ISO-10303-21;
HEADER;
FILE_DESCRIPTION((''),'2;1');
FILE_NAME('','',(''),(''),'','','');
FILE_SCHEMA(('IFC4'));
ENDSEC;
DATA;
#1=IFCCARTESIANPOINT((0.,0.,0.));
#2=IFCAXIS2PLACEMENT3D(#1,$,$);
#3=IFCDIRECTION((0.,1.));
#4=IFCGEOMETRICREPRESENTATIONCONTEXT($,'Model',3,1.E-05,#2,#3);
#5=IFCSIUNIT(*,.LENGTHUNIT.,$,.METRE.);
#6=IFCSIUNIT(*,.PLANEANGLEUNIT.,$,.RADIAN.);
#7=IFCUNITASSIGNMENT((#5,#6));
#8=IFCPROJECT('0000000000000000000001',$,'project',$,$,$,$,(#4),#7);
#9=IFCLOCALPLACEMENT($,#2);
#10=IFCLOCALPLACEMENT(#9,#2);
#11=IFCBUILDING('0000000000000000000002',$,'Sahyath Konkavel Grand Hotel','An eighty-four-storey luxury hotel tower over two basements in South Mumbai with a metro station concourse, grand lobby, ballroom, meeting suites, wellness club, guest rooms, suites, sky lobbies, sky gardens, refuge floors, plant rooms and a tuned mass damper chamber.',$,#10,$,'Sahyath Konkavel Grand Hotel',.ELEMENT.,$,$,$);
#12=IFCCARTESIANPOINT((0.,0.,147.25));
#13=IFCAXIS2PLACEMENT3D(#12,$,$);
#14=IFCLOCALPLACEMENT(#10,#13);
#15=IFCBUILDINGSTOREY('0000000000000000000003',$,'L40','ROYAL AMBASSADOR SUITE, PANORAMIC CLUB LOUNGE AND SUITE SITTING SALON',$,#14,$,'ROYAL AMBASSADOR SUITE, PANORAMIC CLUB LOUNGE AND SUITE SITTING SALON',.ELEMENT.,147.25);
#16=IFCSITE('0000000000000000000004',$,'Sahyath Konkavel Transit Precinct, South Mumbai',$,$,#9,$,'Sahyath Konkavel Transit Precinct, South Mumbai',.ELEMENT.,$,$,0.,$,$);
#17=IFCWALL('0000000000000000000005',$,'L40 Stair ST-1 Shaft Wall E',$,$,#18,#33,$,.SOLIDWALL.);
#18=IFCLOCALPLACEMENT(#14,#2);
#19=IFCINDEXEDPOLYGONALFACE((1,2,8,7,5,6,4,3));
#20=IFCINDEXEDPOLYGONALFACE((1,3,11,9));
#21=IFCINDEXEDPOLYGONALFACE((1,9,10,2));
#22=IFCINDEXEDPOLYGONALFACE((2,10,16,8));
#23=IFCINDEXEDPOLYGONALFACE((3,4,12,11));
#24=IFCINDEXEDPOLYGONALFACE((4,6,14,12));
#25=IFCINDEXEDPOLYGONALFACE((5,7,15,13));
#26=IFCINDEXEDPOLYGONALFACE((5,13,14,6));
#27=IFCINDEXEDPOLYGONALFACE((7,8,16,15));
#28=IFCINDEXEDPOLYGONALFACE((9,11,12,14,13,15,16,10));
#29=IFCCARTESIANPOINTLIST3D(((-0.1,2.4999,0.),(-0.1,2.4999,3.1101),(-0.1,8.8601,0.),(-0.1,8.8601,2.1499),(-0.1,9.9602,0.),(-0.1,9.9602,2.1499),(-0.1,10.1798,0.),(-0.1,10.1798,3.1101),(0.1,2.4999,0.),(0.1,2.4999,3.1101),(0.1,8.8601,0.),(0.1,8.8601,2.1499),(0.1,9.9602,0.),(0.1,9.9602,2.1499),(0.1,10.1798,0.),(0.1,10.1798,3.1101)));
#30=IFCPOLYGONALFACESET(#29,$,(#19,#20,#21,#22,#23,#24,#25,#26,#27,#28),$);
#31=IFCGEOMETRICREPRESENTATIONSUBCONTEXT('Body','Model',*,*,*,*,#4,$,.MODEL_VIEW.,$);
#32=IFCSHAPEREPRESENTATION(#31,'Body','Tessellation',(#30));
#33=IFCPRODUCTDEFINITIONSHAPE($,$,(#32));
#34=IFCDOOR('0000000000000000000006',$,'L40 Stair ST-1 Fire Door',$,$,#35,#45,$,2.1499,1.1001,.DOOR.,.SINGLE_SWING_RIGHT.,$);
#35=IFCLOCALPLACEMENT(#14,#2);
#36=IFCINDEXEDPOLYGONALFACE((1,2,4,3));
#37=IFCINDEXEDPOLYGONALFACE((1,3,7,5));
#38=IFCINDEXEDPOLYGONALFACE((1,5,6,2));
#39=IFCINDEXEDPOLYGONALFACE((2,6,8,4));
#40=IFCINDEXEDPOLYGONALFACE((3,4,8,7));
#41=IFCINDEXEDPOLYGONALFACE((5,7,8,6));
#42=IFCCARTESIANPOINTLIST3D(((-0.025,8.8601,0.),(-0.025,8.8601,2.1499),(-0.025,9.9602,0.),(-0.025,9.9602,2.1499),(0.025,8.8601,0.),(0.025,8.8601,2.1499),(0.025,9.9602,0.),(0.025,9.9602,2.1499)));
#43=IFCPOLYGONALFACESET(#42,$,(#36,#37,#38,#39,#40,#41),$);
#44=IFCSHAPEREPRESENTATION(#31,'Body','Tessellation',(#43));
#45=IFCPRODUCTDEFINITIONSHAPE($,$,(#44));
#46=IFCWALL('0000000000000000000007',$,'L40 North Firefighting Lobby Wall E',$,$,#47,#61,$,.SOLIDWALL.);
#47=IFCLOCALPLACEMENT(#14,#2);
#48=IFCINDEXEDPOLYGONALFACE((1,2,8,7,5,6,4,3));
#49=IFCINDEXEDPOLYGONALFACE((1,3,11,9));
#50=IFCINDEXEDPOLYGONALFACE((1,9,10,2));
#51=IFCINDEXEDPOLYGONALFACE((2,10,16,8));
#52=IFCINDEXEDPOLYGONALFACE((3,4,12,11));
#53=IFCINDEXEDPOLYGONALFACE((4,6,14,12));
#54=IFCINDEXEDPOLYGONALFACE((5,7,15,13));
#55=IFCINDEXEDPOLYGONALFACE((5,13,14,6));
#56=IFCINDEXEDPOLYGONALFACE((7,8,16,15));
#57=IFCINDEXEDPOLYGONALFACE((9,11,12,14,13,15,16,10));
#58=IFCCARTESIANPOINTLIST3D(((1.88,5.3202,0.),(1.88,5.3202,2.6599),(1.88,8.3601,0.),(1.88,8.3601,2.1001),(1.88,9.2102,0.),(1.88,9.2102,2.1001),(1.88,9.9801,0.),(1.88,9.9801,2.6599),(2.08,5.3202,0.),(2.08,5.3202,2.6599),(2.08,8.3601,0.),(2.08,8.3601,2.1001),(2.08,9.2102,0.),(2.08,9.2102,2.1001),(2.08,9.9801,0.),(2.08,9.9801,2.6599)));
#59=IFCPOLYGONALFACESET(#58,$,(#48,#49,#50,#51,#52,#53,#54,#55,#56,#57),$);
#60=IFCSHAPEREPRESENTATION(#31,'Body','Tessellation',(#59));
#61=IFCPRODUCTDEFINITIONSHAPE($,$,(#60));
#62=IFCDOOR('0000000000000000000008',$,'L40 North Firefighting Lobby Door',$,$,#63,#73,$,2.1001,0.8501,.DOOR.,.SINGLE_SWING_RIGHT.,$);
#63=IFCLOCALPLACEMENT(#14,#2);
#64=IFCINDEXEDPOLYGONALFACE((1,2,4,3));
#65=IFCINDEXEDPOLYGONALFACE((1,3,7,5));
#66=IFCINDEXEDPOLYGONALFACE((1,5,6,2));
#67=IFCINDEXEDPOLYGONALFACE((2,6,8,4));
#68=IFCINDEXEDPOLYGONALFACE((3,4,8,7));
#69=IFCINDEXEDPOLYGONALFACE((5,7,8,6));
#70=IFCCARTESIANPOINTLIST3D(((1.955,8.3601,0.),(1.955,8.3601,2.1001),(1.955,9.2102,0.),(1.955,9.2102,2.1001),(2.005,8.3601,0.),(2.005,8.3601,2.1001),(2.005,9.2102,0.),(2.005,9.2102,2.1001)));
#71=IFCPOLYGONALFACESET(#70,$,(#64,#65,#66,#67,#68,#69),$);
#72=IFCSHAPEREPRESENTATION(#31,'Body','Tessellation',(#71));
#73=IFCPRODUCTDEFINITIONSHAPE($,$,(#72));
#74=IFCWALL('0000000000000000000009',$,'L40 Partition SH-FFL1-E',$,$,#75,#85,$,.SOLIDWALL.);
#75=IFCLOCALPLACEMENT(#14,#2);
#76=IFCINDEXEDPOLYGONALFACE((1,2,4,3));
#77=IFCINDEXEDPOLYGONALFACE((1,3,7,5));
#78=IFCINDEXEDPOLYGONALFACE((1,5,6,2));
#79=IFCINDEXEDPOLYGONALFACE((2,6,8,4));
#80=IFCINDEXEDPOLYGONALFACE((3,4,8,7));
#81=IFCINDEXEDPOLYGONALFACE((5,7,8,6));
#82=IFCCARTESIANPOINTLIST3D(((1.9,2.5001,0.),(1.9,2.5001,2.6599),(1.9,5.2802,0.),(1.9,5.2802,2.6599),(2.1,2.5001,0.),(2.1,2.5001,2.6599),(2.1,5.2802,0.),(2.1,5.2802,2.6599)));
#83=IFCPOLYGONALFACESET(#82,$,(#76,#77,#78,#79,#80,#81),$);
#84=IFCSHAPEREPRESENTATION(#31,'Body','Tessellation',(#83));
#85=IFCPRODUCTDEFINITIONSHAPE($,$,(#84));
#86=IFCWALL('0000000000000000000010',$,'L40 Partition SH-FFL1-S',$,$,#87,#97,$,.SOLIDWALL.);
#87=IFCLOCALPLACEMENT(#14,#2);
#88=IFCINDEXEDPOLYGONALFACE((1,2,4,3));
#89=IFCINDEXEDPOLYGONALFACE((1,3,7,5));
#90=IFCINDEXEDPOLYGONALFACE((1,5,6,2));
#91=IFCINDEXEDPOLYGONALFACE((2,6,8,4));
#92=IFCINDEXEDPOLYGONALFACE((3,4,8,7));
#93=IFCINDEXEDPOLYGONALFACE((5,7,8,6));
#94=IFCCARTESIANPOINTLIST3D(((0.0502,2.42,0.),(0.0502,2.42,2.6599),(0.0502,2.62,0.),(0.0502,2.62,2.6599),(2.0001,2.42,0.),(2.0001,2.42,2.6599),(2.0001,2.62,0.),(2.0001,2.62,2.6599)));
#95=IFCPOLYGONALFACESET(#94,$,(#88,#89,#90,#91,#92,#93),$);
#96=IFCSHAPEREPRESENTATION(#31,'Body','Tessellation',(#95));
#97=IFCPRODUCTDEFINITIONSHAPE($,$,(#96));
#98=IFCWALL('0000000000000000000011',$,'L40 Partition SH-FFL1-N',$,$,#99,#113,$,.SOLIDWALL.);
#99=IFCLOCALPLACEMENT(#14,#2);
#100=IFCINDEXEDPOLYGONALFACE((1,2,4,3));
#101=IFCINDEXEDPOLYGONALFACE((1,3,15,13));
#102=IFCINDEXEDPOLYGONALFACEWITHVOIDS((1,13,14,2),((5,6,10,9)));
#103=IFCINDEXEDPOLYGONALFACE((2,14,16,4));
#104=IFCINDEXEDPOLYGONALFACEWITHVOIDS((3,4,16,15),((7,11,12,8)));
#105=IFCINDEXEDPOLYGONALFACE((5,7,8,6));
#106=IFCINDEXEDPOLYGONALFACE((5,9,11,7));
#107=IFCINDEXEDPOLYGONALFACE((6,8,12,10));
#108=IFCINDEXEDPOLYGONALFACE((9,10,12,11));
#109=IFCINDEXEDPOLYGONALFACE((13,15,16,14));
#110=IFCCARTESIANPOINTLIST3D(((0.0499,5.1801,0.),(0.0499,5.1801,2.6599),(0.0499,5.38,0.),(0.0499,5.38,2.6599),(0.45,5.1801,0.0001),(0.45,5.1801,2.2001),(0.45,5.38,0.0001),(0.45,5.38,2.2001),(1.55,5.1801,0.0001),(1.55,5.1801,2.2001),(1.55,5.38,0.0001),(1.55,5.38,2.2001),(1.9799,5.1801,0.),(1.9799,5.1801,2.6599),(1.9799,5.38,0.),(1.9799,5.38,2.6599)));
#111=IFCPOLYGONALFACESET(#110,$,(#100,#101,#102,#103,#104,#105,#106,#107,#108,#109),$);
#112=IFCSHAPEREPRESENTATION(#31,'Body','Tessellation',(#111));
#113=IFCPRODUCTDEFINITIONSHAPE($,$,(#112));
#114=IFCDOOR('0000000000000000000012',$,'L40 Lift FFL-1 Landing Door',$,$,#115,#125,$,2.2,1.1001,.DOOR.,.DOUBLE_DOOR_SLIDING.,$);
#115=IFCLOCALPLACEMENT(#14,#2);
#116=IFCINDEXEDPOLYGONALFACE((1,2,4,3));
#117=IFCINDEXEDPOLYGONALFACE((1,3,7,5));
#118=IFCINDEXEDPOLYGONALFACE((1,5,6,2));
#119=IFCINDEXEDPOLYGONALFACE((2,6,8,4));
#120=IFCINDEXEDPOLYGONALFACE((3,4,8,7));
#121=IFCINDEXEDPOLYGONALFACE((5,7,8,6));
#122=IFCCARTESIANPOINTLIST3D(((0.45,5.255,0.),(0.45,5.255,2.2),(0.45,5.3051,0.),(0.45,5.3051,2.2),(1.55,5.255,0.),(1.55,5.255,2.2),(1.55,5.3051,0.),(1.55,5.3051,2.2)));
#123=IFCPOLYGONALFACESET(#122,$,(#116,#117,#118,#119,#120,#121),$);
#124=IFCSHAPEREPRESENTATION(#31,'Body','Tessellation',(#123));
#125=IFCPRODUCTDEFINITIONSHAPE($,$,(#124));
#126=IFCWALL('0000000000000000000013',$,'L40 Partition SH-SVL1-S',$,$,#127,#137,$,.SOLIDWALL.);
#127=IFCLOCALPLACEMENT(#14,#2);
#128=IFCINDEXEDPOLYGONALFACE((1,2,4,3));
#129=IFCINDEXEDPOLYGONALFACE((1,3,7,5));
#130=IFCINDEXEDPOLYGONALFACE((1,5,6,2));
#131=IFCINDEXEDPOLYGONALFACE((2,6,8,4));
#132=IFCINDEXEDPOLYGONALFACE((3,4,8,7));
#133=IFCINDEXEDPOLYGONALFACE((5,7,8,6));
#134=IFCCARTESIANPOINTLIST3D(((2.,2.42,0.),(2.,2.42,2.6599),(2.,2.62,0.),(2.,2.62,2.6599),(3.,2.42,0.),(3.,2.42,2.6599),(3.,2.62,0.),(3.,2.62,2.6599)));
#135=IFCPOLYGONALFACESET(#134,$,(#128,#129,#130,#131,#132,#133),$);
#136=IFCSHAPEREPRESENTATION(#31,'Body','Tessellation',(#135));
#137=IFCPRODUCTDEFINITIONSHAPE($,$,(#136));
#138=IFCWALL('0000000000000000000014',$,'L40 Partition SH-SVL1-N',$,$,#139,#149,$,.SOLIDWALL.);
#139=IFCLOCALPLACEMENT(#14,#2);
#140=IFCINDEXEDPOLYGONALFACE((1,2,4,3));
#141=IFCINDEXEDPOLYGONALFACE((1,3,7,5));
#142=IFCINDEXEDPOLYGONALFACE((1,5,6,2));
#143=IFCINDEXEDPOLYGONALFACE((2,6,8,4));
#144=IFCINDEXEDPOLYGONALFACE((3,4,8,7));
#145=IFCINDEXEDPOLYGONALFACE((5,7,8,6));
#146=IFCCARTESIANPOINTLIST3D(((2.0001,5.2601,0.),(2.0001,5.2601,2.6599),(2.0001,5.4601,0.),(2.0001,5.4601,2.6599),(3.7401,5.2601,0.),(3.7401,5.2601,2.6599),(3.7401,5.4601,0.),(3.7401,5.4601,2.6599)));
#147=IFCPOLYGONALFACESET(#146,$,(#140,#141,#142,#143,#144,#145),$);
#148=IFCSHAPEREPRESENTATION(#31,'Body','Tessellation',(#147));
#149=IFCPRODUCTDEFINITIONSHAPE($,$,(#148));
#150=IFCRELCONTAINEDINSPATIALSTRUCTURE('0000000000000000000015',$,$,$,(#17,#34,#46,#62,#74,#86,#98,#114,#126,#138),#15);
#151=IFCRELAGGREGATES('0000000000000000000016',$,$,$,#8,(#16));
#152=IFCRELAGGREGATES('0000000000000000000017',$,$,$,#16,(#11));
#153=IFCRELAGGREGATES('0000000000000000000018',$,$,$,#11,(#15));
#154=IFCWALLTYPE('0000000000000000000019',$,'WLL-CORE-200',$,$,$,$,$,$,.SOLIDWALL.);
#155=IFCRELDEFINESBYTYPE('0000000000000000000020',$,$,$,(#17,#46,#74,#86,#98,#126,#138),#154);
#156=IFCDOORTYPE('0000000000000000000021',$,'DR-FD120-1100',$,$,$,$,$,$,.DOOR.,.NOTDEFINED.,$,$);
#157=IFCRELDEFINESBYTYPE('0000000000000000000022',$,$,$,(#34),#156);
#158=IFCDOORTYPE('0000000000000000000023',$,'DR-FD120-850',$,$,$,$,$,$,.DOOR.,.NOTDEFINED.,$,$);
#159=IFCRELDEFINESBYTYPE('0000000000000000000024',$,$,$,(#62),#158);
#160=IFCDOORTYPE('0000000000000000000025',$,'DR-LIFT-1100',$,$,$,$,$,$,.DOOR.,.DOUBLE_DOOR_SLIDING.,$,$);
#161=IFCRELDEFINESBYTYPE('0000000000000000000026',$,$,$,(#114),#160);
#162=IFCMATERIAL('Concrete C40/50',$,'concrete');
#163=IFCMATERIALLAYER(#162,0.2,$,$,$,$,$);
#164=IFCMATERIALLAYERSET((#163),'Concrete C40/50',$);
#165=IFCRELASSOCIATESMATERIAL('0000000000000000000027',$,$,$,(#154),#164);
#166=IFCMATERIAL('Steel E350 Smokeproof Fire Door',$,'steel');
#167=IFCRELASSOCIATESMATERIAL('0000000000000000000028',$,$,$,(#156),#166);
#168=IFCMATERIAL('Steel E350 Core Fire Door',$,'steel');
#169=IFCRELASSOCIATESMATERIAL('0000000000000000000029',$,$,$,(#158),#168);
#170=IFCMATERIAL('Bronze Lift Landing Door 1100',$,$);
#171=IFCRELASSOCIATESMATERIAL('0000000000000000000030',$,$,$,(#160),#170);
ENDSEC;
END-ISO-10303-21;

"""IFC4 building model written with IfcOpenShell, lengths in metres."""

from ifc_helpers import new_model, si_unit, direction, frame, frame_2d, origin, origin_2d, place, context, subcontext, project, spatial, rectangle, extrude, source, transform, mapped, material, layer, layer_set, type_object, element, fill, save


model = new_model("IFC4")

# Units and contexts
model_context = context("Model", 3, precision=1e-05, world=origin(), true_north=direction((0.0, 1.0)))
body_context = subcontext(model_context, "Body", "Model", "MODEL_VIEW")
ifc_project = project(units=[si_unit("LENGTHUNIT", "METRE"), si_unit("PLANEANGLEUNIT", "RADIAN")], contexts=[model_context])

# Site, building, storey
site_placement = place(None, origin())
site = spatial("IfcSite", under=ifc_project, at=site_placement, Name="Sahyath Konkavel Transit Precinct, South Mumbai", LongName="Sahyath Konkavel Transit Precinct, South Mumbai", CompositionType="ELEMENT", RefElevation=0.0)
building_placement = place(site_placement, origin())
building = spatial("IfcBuilding", under=site, at=building_placement, Name="Sahyath Konkavel Grand Hotel", Description="An eighty-four-storey luxury hotel tower over two basements in South Mumbai with a metro station concourse, grand lobby, ballroom, meeting suites, wellness club, guest rooms, suites, sky lobbies, sky gardens, refuge floors, plant rooms and a tuned mass damper chamber.", LongName="Sahyath Konkavel Grand Hotel", CompositionType="ELEMENT")
storey_placement = place(building_placement, frame((0.0, 0.0, 147.25)))
storey = spatial("IfcBuildingStorey", under=building, at=storey_placement, Name="L40", Description="ROYAL AMBASSADOR SUITE, PANORAMIC CLUB LOUNGE AND SUITE SITTING SALON", LongName="ROYAL AMBASSADOR SUITE, PANORAMIC CLUB LOUNGE AND SUITE SITTING SALON", CompositionType="ELEMENT", Elevation=147.25)

# Shared definitions
ifc_material_1 = material(Name="Concrete C40/50", Category="concrete")

# Walls, openings, doors
ifc_layer_1 = layer(ifc_material_1, 0.2)
ifc_layer_set_1 = layer_set([ifc_layer_1], Name="Concrete C40/50")
wall_type_1 = type_object("IfcWallType", Name="WLL-CORE-200", PredefinedType="SOLIDWALL", material=ifc_layer_set_1)
wall_1_placement = place(storey_placement, frame((0.0, 2.5, 0.0), z_axis=(0.0, 0.0, 1.0), x_axis=(0.0, 1.0, 0.0)))
wall_1 = element("IfcWall", 1, at=wall_1_placement, inside=storey, type_object=wall_type_1, Name="L40 Stair ST-1 Shaft Wall E", PredefinedType="SOLIDWALL", context=body_context, shape_type="SweptSolid", body=[
    extrude(rectangle(XDim=7.6799, YDim=0.2, at=frame_2d((3.8398, 0.0))), origin(), (0.0, 0.0, 1.0), 3.1101),
])
opening_1_placement = place(wall_1_placement, frame((6.3601, 0.0, 0.0)))
opening_1 = element("IfcOpeningElement", 2, at=opening_1_placement, cuts=wall_1, PredefinedType="OPENING", context=body_context, shape_type="SweptSolid", body=[
    extrude(rectangle(XDim=1.1001, YDim=2.1499, at=frame_2d((0.55, 1.075))), frame((0.0, 0.1099, 0.0), z_axis=(0.0, -1.0, 0.0), x_axis=(1.0, 0.0, 0.0)), (0.0, 0.0, 1.0), 0.22),
])
ifc_material_2 = material(Name="Steel E350 Smokeproof Fire Door", Category="steel")
door_type_1 = type_object("IfcDoorType", Name="DR-FD120-1100", OperationType="NOTDEFINED", PredefinedType="DOOR", material=ifc_material_2)
shared_shape_1 = source(origin(), body_context, "Body", "SweptSolid", [
    extrude(rectangle(XDim=1.1001, YDim=0.05, at=origin_2d()), origin(), (0.0, 0.0, 1.0), 2.1499),
])
door_1_placement = place(opening_1_placement, frame((0.55, 0.0, 0.0)))
door_1 = element("IfcDoor", 3, at=door_1_placement, inside=storey, type_object=door_type_1, Name="L40 Stair ST-1 Fire Door", OperationType="SINGLE_SWING_RIGHT", OverallHeight=2.1499, OverallWidth=1.1001, PredefinedType="DOOR", context=body_context, shape_type="MappedRepresentation", body=[
    mapped(shared_shape_1, transform((0.0, 0.0, 0.0), scale=1.0)),
])
fill(opening_1, door_1)
wall_2_placement = place(storey_placement, frame((1.98, 5.3201, 0.0), z_axis=(0.0, 0.0, 1.0), x_axis=(0.0, 1.0, 0.0)))
wall_2 = element("IfcWall", 4, at=wall_2_placement, inside=storey, type_object=wall_type_1, Name="L40 North Firefighting Lobby Wall E", PredefinedType="SOLIDWALL", context=body_context, shape_type="SweptSolid", body=[
    extrude(rectangle(XDim=4.6599, YDim=0.2, at=frame_2d((2.3301, 0.0))), origin(), (0.0, 0.0, 1.0), 2.6599),
])
opening_2_placement = place(wall_2_placement, frame((3.04, 0.0, 0.0)))
opening_2 = element("IfcOpeningElement", 5, at=opening_2_placement, cuts=wall_2, PredefinedType="OPENING", context=body_context, shape_type="SweptSolid", body=[
    extrude(rectangle(XDim=0.8501, YDim=2.1001, at=frame_2d((0.425, 1.05))), frame((0.0, 0.1099, 0.0), z_axis=(0.0, -1.0, 0.0), x_axis=(1.0, 0.0, 0.0)), (0.0, 0.0, 1.0), 0.22),
])
ifc_material_3 = material(Name="Steel E350 Core Fire Door", Category="steel")
door_type_2 = type_object("IfcDoorType", Name="DR-FD120-850", OperationType="NOTDEFINED", PredefinedType="DOOR", material=ifc_material_3)
shared_shape_2 = source(origin(), body_context, "Body", "SweptSolid", [
    extrude(rectangle(XDim=0.8501, YDim=0.05, at=origin_2d()), origin(), (0.0, 0.0, 1.0), 2.1001),
])
door_2_placement = place(opening_2_placement, frame((0.425, 0.0, 0.0)))
door_2 = element("IfcDoor", 6, at=door_2_placement, inside=storey, type_object=door_type_2, Name="L40 North Firefighting Lobby Door", OperationType="SINGLE_SWING_RIGHT", OverallHeight=2.1001, OverallWidth=0.8501, PredefinedType="DOOR", context=body_context, shape_type="MappedRepresentation", body=[
    mapped(shared_shape_2, transform((0.0, 0.0, 0.0), scale=1.0)),
])
fill(opening_2, door_2)

# Walls
wall_3_placement = place(storey_placement, frame((2.0, 2.5, 0.0), z_axis=(0.0, 0.0, 1.0), x_axis=(0.0, 1.0, 0.0)))
element("IfcWall", 7, at=wall_3_placement, inside=storey, type_object=wall_type_1, Name="L40 Partition SH-FFL1-E", PredefinedType="SOLIDWALL", context=body_context, shape_type="SweptSolid", body=[
    extrude(rectangle(XDim=2.78, YDim=0.2, at=frame_2d((1.3901, 0.0))), origin(), (0.0, 0.0, 1.0), 2.6599),
])
wall_4_placement = place(storey_placement, frame((0.05, 2.52, 0.0), z_axis=(0.0, 0.0, 1.0), x_axis=(1.0, 0.0, 0.0)))
element("IfcWall", 8, at=wall_4_placement, inside=storey, type_object=wall_type_1, Name="L40 Partition SH-FFL1-S", PredefinedType="SOLIDWALL", context=body_context, shape_type="SweptSolid", body=[
    extrude(rectangle(XDim=1.95, YDim=0.2, at=frame_2d((0.9751, 0.0))), origin(), (0.0, 0.0, 1.0), 2.6599),
])

# Wall, opening, door
wall_5_placement = place(storey_placement, frame((0.05, 5.28, 0.0), z_axis=(0.0, 0.0, 1.0), x_axis=(1.0, 0.0, 0.0)))
wall_5 = element("IfcWall", 9, at=wall_5_placement, inside=storey, type_object=wall_type_1, Name="L40 Partition SH-FFL1-N", PredefinedType="SOLIDWALL", context=body_context, shape_type="SweptSolid", body=[
    extrude(rectangle(XDim=1.9299, YDim=0.2, at=frame_2d((0.9648, 0.0))), origin(), (0.0, 0.0, 1.0), 2.6599),
])
opening_3_placement = place(wall_5_placement, frame((0.3999, 0.0, 0.0)))
opening_3 = element("IfcOpeningElement", 10, at=opening_3_placement, cuts=wall_5, PredefinedType="OPENING", context=body_context, shape_type="SweptSolid", body=[
    extrude(rectangle(XDim=1.1001, YDim=2.2, at=frame_2d((0.55, 1.1001))), frame((0.0, 0.1099, 0.0), z_axis=(0.0, -1.0, 0.0), x_axis=(1.0, 0.0, 0.0)), (0.0, 0.0, 1.0), 0.22),
])
ifc_material_4 = material(Name="Bronze Lift Landing Door 1100")
door_type_3 = type_object("IfcDoorType", Name="DR-LIFT-1100", OperationType="DOUBLE_DOOR_SLIDING", PredefinedType="DOOR", material=ifc_material_4)
shared_shape_3 = source(origin(), body_context, "Body", "SweptSolid", [
    extrude(rectangle(XDim=1.1001, YDim=0.05, at=origin_2d()), origin(), (0.0, 0.0, 1.0), 2.2),
])
door_3_placement = place(opening_3_placement, frame((0.55, 0.0, 0.0)))
door_3 = element("IfcDoor", 11, at=door_3_placement, inside=storey, type_object=door_type_3, Name="L40 Lift FFL-1 Landing Door", OperationType="DOUBLE_DOOR_SLIDING", OverallHeight=2.2, OverallWidth=1.1001, PredefinedType="DOOR", context=body_context, shape_type="MappedRepresentation", body=[
    mapped(shared_shape_3, transform((0.0, 0.0, 0.0), scale=1.0)),
])
fill(opening_3, door_3)

# Walls
wall_6_placement = place(storey_placement, frame((2.0, 2.52, 0.0), z_axis=(0.0, 0.0, 1.0), x_axis=(1.0, 0.0, 0.0)))
element("IfcWall", 12, at=wall_6_placement, inside=storey, type_object=wall_type_1, Name="L40 Partition SH-SVL1-S", PredefinedType="SOLIDWALL", context=body_context, shape_type="SweptSolid", body=[
    extrude(rectangle(XDim=1.0, YDim=0.2, at=frame_2d((0.5, 0.0))), origin(), (0.0, 0.0, 1.0), 2.6599),
])
wall_7_placement = place(storey_placement, frame((2.0, 5.3601, 0.0), z_axis=(0.0, 0.0, 1.0), x_axis=(1.0, 0.0, 0.0)))
element("IfcWall", 13, at=wall_7_placement, inside=storey, type_object=wall_type_1, Name="L40 Partition SH-SVL1-N", PredefinedType="SOLIDWALL", context=body_context, shape_type="SweptSolid", body=[
    extrude(rectangle(XDim=1.74, YDim=0.2, at=frame_2d((0.8701, 0.0))), origin(), (0.0, 0.0, 1.0), 2.6599),
])

save(model, "model.ifc")
